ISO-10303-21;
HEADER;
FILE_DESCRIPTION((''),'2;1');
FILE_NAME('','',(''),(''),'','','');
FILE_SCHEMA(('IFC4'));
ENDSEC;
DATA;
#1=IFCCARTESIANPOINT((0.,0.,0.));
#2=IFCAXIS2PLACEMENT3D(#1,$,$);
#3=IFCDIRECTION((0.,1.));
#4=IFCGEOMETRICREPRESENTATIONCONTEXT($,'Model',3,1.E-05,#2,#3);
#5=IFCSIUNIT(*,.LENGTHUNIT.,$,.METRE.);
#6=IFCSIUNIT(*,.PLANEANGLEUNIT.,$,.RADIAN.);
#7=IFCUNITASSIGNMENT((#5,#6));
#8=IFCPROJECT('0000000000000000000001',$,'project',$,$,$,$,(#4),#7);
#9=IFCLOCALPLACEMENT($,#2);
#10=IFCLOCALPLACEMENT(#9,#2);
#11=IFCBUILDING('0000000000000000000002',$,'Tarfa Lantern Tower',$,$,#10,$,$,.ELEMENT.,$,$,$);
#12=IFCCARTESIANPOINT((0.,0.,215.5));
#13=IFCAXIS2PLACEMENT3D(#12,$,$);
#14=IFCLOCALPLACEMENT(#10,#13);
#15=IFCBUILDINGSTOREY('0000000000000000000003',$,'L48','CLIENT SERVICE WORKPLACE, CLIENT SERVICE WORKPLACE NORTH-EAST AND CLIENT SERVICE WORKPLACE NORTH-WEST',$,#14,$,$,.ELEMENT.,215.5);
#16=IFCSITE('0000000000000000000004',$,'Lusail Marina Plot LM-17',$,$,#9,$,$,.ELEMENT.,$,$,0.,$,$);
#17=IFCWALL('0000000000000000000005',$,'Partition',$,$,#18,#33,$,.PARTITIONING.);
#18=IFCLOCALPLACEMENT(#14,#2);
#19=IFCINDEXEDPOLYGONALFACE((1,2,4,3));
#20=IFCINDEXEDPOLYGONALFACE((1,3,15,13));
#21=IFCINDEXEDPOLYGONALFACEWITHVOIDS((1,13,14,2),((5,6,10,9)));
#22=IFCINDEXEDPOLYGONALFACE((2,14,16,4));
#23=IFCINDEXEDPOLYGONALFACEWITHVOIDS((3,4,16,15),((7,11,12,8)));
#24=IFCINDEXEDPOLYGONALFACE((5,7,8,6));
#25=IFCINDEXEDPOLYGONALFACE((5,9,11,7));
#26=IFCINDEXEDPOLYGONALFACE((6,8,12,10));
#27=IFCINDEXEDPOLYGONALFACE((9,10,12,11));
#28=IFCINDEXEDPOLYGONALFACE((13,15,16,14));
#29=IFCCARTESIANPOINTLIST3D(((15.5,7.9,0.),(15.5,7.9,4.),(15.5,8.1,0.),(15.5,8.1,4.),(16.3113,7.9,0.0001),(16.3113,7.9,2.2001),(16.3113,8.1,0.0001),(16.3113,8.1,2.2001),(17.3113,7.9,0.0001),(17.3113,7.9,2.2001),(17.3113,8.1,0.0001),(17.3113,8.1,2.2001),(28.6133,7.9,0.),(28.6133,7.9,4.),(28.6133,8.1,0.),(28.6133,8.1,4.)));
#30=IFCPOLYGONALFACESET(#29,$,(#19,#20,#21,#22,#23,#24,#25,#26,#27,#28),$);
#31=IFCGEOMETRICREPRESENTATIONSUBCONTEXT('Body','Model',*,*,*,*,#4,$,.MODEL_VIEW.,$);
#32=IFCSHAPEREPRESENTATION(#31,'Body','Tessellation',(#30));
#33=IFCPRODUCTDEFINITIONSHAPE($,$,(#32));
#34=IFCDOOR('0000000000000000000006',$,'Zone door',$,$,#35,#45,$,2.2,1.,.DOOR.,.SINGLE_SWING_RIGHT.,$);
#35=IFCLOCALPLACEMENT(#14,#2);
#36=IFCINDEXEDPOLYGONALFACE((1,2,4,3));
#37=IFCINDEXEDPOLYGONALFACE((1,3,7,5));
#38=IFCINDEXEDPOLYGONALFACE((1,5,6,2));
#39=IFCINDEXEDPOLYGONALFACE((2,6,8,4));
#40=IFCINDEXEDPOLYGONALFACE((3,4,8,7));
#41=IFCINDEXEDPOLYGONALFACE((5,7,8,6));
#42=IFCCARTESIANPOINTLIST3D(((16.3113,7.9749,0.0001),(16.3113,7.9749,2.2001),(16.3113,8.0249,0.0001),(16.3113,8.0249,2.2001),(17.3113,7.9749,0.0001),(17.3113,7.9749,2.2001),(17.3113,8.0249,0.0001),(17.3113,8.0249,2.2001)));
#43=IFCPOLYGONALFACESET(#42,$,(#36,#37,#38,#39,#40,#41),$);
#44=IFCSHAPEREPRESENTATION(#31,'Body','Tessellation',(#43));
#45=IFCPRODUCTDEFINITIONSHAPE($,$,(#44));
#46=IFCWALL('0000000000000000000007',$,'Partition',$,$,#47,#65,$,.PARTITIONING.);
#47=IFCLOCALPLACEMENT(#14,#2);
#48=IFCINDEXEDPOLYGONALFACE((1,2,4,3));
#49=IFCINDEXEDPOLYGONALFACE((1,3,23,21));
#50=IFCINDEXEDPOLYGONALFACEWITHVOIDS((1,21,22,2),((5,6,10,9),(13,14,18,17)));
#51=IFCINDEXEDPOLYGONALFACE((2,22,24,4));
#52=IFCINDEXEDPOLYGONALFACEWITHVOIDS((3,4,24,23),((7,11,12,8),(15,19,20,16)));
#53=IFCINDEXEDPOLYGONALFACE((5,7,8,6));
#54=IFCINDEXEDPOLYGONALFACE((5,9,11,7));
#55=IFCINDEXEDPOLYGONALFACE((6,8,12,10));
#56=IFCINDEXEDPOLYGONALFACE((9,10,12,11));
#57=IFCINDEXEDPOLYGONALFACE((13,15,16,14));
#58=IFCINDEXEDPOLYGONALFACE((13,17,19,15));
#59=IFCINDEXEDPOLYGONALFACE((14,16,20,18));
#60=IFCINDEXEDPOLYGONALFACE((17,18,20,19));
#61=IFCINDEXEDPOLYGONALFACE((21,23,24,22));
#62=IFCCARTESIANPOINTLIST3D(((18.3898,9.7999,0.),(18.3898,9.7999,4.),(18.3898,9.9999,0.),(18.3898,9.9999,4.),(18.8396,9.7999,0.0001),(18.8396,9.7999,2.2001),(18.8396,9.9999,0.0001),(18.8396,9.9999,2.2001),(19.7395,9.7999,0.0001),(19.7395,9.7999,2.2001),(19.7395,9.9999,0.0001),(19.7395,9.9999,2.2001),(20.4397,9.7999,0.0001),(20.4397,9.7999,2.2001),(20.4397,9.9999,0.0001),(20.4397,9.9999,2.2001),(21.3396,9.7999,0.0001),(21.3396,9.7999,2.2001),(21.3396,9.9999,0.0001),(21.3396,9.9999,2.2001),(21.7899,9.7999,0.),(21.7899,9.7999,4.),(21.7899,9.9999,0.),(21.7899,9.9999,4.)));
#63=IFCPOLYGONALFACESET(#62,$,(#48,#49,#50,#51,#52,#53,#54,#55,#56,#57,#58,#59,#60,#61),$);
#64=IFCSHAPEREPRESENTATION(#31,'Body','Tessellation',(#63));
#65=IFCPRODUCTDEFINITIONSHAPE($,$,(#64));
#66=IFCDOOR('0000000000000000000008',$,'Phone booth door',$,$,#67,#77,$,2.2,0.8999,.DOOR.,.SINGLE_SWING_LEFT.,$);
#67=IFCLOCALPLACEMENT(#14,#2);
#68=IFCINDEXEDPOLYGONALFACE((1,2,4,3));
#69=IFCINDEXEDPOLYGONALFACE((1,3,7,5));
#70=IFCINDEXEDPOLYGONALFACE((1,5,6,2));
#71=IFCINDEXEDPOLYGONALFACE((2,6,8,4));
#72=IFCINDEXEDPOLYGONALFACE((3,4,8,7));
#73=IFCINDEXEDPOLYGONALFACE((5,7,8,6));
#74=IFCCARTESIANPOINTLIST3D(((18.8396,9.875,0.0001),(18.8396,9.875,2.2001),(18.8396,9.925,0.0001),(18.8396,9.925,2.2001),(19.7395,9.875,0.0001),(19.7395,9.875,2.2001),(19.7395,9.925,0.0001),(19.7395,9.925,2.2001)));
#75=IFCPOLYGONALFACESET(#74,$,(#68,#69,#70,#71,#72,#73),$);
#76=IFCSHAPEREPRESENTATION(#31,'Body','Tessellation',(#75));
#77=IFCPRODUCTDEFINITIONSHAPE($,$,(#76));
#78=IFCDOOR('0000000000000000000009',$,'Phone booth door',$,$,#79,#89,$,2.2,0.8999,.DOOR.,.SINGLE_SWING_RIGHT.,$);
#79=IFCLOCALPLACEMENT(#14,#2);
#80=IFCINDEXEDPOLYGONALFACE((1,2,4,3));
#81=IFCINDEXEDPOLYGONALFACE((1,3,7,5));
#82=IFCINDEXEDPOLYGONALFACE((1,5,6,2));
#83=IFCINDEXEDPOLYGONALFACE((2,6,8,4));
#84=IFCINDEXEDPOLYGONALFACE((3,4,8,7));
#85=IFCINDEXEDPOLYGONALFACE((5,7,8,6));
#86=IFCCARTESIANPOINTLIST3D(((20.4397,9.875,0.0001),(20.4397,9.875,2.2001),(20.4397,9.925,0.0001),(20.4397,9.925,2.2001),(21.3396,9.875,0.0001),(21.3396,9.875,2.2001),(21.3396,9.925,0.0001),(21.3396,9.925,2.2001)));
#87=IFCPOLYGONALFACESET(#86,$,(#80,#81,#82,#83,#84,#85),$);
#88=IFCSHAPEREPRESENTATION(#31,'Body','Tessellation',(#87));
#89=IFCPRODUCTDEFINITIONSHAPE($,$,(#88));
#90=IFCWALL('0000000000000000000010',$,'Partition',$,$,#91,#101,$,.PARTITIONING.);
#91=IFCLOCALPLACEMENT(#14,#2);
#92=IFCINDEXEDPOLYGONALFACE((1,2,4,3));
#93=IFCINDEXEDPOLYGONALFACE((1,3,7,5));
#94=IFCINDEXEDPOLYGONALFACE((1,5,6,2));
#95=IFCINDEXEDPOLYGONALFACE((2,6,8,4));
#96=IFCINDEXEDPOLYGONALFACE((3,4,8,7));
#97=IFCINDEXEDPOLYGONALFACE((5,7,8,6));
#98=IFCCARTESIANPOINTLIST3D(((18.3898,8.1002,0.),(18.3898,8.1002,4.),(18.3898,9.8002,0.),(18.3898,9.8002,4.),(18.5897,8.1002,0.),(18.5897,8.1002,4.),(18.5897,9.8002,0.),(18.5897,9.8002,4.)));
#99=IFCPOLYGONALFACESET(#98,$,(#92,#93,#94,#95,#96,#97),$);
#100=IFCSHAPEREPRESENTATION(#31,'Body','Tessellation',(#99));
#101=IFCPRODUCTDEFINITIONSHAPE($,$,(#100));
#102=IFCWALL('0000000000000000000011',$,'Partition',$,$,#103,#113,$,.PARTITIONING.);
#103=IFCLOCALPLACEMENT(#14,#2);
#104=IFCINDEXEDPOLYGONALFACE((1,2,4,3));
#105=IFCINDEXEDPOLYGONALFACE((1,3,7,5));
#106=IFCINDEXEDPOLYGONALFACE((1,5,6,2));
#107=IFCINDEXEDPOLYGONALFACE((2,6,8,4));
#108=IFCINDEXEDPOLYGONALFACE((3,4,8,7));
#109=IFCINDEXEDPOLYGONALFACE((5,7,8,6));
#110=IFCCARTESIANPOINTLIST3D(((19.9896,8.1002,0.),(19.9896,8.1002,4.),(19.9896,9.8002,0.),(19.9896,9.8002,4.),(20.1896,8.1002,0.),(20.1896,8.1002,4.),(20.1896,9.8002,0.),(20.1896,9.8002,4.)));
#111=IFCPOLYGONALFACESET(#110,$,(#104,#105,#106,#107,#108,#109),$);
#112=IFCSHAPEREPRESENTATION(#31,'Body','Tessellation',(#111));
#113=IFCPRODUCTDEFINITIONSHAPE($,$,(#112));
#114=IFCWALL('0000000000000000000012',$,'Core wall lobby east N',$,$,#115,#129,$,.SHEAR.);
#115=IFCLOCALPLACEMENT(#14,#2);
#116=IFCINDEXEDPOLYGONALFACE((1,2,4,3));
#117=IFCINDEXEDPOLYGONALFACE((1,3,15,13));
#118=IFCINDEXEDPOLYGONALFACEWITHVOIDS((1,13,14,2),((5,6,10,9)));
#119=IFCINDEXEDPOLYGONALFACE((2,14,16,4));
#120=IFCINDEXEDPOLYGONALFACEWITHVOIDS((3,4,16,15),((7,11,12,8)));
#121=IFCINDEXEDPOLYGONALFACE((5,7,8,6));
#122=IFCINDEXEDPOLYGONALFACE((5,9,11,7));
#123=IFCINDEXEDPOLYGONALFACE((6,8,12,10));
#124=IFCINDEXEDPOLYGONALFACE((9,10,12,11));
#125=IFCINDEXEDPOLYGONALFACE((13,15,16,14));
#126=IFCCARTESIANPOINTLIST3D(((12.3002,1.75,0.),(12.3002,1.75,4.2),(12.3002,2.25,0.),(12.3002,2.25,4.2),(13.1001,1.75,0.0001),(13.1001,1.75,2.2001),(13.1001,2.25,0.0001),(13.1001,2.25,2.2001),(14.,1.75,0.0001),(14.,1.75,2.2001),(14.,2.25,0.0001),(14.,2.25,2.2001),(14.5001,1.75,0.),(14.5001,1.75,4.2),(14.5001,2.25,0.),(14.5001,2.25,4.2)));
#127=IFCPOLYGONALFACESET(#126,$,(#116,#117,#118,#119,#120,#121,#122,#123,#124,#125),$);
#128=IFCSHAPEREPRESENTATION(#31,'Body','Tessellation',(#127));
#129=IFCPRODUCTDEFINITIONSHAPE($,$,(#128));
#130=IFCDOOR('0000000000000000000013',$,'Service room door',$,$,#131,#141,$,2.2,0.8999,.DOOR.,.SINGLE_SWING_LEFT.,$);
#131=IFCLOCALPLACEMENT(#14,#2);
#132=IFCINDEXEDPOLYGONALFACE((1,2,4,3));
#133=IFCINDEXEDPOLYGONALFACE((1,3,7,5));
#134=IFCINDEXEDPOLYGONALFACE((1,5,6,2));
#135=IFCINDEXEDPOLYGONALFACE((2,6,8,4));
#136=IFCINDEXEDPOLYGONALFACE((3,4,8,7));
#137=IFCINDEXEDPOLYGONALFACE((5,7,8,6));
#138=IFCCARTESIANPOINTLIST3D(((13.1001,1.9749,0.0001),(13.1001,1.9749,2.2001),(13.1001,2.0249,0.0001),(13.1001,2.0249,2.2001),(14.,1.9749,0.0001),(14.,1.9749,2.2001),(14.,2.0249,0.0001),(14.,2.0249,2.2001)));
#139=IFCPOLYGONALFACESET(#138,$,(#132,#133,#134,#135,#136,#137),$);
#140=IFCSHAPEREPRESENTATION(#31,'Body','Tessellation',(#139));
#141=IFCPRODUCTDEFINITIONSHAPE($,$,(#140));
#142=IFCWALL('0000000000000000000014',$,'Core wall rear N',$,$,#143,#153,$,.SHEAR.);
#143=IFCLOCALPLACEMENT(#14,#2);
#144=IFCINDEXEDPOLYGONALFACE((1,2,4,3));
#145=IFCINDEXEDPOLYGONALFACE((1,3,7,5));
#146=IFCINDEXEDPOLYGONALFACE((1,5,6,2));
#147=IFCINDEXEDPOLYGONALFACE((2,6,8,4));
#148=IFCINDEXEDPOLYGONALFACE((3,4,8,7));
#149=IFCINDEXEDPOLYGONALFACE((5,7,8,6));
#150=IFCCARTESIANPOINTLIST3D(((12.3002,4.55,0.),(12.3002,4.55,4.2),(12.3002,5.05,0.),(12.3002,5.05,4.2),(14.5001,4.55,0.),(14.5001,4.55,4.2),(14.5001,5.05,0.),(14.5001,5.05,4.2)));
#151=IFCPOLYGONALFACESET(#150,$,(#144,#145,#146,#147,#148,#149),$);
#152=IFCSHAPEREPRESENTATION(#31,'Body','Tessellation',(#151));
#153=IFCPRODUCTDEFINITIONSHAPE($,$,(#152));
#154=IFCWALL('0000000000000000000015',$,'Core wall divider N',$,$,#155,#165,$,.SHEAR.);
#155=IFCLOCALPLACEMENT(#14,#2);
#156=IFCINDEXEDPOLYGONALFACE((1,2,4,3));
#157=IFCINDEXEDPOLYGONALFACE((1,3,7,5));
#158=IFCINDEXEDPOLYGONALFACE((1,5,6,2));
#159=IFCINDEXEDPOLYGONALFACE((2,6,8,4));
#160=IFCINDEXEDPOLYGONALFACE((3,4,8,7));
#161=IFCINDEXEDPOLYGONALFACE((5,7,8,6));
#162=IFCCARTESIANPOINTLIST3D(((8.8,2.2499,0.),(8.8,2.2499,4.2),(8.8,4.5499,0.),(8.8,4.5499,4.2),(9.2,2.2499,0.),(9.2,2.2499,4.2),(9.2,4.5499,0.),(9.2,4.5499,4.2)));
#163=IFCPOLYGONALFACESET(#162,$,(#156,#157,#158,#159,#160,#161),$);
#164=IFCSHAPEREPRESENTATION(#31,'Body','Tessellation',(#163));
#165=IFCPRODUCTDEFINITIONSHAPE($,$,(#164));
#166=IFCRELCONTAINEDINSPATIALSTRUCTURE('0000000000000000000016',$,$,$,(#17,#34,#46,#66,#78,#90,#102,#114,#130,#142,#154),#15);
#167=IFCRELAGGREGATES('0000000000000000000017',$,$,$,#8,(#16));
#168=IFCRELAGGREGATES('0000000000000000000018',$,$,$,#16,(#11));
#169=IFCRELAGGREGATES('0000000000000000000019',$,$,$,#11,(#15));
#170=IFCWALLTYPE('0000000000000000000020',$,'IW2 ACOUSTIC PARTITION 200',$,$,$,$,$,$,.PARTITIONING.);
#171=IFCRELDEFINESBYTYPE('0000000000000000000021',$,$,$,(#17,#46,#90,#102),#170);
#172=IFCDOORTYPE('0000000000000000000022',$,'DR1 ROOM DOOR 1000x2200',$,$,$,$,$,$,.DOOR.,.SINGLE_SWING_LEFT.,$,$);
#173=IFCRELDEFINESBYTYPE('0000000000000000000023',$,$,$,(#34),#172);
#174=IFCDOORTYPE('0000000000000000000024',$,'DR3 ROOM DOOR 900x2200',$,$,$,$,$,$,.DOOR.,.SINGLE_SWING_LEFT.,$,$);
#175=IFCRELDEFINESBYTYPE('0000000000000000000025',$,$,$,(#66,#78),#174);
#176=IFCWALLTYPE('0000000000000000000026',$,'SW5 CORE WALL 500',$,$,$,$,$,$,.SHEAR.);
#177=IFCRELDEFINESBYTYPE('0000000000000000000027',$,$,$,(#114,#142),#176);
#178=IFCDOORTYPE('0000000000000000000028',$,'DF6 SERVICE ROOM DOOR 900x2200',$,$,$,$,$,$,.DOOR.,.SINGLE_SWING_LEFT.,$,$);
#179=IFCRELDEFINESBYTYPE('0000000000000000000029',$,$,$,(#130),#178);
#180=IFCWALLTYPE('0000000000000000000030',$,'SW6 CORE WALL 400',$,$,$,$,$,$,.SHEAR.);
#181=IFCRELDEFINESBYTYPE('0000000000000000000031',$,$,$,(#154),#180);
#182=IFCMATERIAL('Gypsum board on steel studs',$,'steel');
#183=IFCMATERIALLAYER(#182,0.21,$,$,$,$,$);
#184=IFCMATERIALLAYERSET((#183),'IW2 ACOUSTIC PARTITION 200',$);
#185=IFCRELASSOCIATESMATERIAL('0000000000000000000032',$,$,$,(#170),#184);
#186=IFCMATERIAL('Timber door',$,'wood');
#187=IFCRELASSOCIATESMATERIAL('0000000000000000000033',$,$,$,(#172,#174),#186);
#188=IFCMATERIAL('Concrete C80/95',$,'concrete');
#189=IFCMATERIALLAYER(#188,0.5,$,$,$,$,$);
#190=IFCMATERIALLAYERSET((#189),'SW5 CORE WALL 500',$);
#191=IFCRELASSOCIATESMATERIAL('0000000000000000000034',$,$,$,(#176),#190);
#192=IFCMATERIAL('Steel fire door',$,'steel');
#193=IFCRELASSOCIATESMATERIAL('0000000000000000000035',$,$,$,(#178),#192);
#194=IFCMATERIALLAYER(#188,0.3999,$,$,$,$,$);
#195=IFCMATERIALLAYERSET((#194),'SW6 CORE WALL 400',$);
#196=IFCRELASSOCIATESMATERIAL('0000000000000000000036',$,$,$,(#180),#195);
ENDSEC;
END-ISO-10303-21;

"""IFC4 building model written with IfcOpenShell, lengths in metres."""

from ifc_helpers import new_model, si_unit, direction, frame, frame_2d, origin, place, context, subcontext, project, spatial, rectangle, extrude, material, layer, layer_set, type_object, element, fill, save


model = new_model("IFC4")

# Units and contexts
model_context = context("Model", 3, precision=1e-05, world=origin(), true_north=direction((0.0, 1.0)))
body_context = subcontext(model_context, "Body", "Model", "MODEL_VIEW")
ifc_project = project(units=[si_unit("LENGTHUNIT", "METRE"), si_unit("PLANEANGLEUNIT", "RADIAN")], contexts=[model_context])

# Site, building, storey
site_placement = place(None, origin())
site = spatial("IfcSite", under=ifc_project, at=site_placement, Name="Lusail Marina Plot LM-17", CompositionType="ELEMENT", RefElevation=0.0)
building_placement = place(site_placement, origin())
building = spatial("IfcBuilding", under=site, at=building_placement, Name="Tarfa Lantern Tower", CompositionType="ELEMENT")
storey_placement = place(building_placement, frame((0.0, 0.0, 215.5)))
storey = spatial("IfcBuildingStorey", under=building, at=storey_placement, Name="L48", Description="CLIENT SERVICE WORKPLACE, CLIENT SERVICE WORKPLACE NORTH-EAST AND CLIENT SERVICE WORKPLACE NORTH-WEST", CompositionType="ELEMENT", Elevation=215.5)

# Shared definitions
ifc_material_1 = material(Name="Gypsum board on steel studs", Category="steel")
ifc_layer_1 = layer(ifc_material_1, 0.21)
ifc_layer_set_1 = layer_set([ifc_layer_1], Name="IW2 ACOUSTIC PARTITION 200")
wall_type_1 = type_object("IfcWallType", Name="IW2 ACOUSTIC PARTITION 200", PredefinedType="PARTITIONING", material=ifc_layer_set_1)
ifc_material_2 = material(Name="Timber door", Category="wood")
door_type_1 = type_object("IfcDoorType", Name="DR1 ROOM DOOR 1000x2200", OperationType="SINGLE_SWING_LEFT", PredefinedType="DOOR", material=ifc_material_2)

# Wall, opening, door
wall_1_placement = place(storey_placement, frame((15.5, 8.0, 0.0), z_axis=(0.0, 0.0, 1.0), x_axis=(1.0, 0.0, 0.0)))
wall_1 = element("IfcWall", 1, at=wall_1_placement, inside=storey, type_object=wall_type_1, Name="Partition", PredefinedType="PARTITIONING", context=body_context, shape_type="SweptSolid", body=[
    extrude(rectangle(XDim=13.1133, YDim=0.2, at=frame_2d((6.5566, 0.0))), origin(), (0.0, 0.0, 1.0), 4.0),
])
opening_1_placement = place(wall_1_placement, frame((0.8113, 0.0, 0.0)))
opening_1 = element("IfcOpeningElement", 2, at=opening_1_placement, cuts=wall_1, PredefinedType="OPENING", context=body_context, shape_type="SweptSolid", body=[
    extrude(rectangle(XDim=1.0, YDim=2.2, at=frame_2d((0.5, 1.1001))), frame((0.0, 0.1099, 0.0), z_axis=(0.0, -1.0, 0.0), x_axis=(1.0, 0.0, 0.0)), (0.0, 0.0, 1.0), 0.22),
])
door_1_placement = place(opening_1_placement, origin())
door_1 = element("IfcDoor", 3, at=door_1_placement, inside=storey, type_object=door_type_1, Name="Zone door", OperationType="SINGLE_SWING_RIGHT", OverallHeight=2.2, OverallWidth=1.0, PredefinedType="DOOR", context=body_context, shape_type="SweptSolid", body=[
    extrude(rectangle(XDim=1.0, YDim=2.2, at=frame_2d((0.5, 1.1001))), frame((0.0, 0.0249, 0.0), z_axis=(0.0, -1.0, 0.0), x_axis=(1.0, 0.0, 0.0)), (0.0, 0.0, 1.0), 0.05),
])
fill(opening_1, door_1)

# Wall, openings, doors
wall_2_placement = place(storey_placement, frame((18.3896, 9.8999, 0.0), z_axis=(0.0, 0.0, 1.0), x_axis=(1.0, 0.0, 0.0)))
wall_2 = element("IfcWall", 4, at=wall_2_placement, inside=storey, type_object=wall_type_1, Name="Partition", PredefinedType="PARTITIONING", context=body_context, shape_type="SweptSolid", body=[
    extrude(rectangle(XDim=3.4001, YDim=0.2, at=frame_2d((1.7002, 0.0))), origin(), (0.0, 0.0, 1.0), 4.0),
])
opening_2_placement = place(wall_2_placement, frame((0.45, 0.0, 0.0)))
opening_2 = element("IfcOpeningElement", 5, at=opening_2_placement, cuts=wall_2, PredefinedType="OPENING", context=body_context, shape_type="SweptSolid", body=[
    extrude(rectangle(XDim=0.8999, YDim=2.2, at=frame_2d((0.45, 1.1001))), frame((0.0, 0.1099, 0.0), z_axis=(0.0, -1.0, 0.0), x_axis=(1.0, 0.0, 0.0)), (0.0, 0.0, 1.0), 0.22),
])
opening_3_placement = place(wall_2_placement, frame((2.05, 0.0, 0.0)))
opening_3 = element("IfcOpeningElement", 6, at=opening_3_placement, cuts=wall_2, PredefinedType="OPENING", context=body_context, shape_type="SweptSolid", body=[
    extrude(rectangle(XDim=0.8999, YDim=2.2, at=frame_2d((0.45, 1.1001))), frame((0.0, 0.1099, 0.0), z_axis=(0.0, -1.0, 0.0), x_axis=(1.0, 0.0, 0.0)), (0.0, 0.0, 1.0), 0.22),
])
door_type_2 = type_object("IfcDoorType", Name="DR3 ROOM DOOR 900x2200", OperationType="SINGLE_SWING_LEFT", PredefinedType="DOOR", material=ifc_material_2)
door_2_placement = place(opening_2_placement, frame((0.8999, 0.0, 0.0), z_axis=(0.0, 0.0, 1.0), x_axis=(-1.0, 0.0, 0.0)))
door_2 = element("IfcDoor", 7, at=door_2_placement, inside=storey, type_object=door_type_2, Name="Phone booth door", OperationType="SINGLE_SWING_LEFT", OverallHeight=2.2, OverallWidth=0.8999, PredefinedType="DOOR", context=body_context, shape_type="SweptSolid", body=[
    extrude(rectangle(XDim=0.8999, YDim=2.2, at=frame_2d((0.45, 1.1001))), frame((0.0, 0.0249, 0.0), z_axis=(0.0, -1.0, 0.0), x_axis=(1.0, 0.0, 0.0)), (0.0, 0.0, 1.0), 0.05),
])
fill(opening_2, door_2)
door_3_placement = place(opening_3_placement, frame((0.8999, 0.0, 0.0), z_axis=(0.0, 0.0, 1.0), x_axis=(-1.0, 0.0, 0.0)))
door_3 = element("IfcDoor", 8, at=door_3_placement, inside=storey, type_object=door_type_2, Name="Phone booth door", OperationType="SINGLE_SWING_RIGHT", OverallHeight=2.2, OverallWidth=0.8999, PredefinedType="DOOR", context=body_context, shape_type="SweptSolid", body=[
    extrude(rectangle(XDim=0.8999, YDim=2.2, at=frame_2d((0.45, 1.1001))), frame((0.0, 0.0249, 0.0), z_axis=(0.0, -1.0, 0.0), x_axis=(1.0, 0.0, 0.0)), (0.0, 0.0, 1.0), 0.05),
])
fill(opening_3, door_3)

# Walls
for number, where, z_axis, x_axis, name in (
    (9, (18.4897, 8.1001, 0.0), (0.0, 0.0, 1.0), (0.0, 1.0, 0.0), "Partition"),
    (10, (20.0896, 8.1001, 0.0), (0.0, 0.0, 1.0), (0.0, 1.0, 0.0), "Partition"),
):
    element("IfcWall", number, at=place(storey_placement, frame(where, z_axis=z_axis, x_axis=x_axis)), inside=storey, type_object=wall_type_1, Name=name, PredefinedType="PARTITIONING", context=body_context, shape_type="SweptSolid", body=[
        extrude(rectangle(XDim=1.7, YDim=0.2, at=frame_2d((0.8501, 0.0))), origin(), (0.0, 0.0, 1.0), 4.0),
    ])

# Wall, opening, door
ifc_material_3 = material(Name="Concrete C80/95", Category="concrete")
ifc_layer_2 = layer(ifc_material_3, 0.5)
ifc_layer_set_2 = layer_set([ifc_layer_2], Name="SW5 CORE WALL 500")
wall_type_2 = type_object("IfcWallType", Name="SW5 CORE WALL 500", PredefinedType="SHEAR", material=ifc_layer_set_2)
wall_3_placement = place(storey_placement, frame((12.3, 2.0, 0.0), z_axis=(0.0, 0.0, 1.0), x_axis=(1.0, 0.0, 0.0)))
wall_3 = element("IfcWall", 11, at=wall_3_placement, inside=storey, type_object=wall_type_2, Name="Core wall lobby east N", PredefinedType="SHEAR", context=body_context, shape_type="SweptSolid", body=[
    extrude(rectangle(XDim=2.2, YDim=0.5, at=frame_2d((1.1001, 0.0))), origin(), (0.0, 0.0, 1.0), 4.2),
])
opening_4_placement = place(wall_3_placement, frame((0.8, 0.0, 0.0)))
opening_4 = element("IfcOpeningElement", 12, at=opening_4_placement, cuts=wall_3, PredefinedType="OPENING", context=body_context, shape_type="SweptSolid", body=[
    extrude(rectangle(XDim=0.8999, YDim=2.2, at=frame_2d((0.45, 1.1001))), frame((0.0, 0.26, 0.0), z_axis=(0.0, -1.0, 0.0), x_axis=(1.0, 0.0, 0.0)), (0.0, 0.0, 1.0), 0.52),
])
ifc_material_4 = material(Name="Steel fire door", Category="steel")
door_type_3 = type_object("IfcDoorType", Name="DF6 SERVICE ROOM DOOR 900x2200", OperationType="SINGLE_SWING_LEFT", PredefinedType="DOOR", material=ifc_material_4)
door_4_placement = place(opening_4_placement, origin())
door_4 = element("IfcDoor", 13, at=door_4_placement, inside=storey, type_object=door_type_3, Name="Service room door", OperationType="SINGLE_SWING_LEFT", OverallHeight=2.2, OverallWidth=0.8999, PredefinedType="DOOR", context=body_context, shape_type="SweptSolid", body=[
    extrude(rectangle(XDim=0.8999, YDim=2.2, at=frame_2d((0.45, 1.1001))), frame((0.0, 0.0249, 0.0), z_axis=(0.0, -1.0, 0.0), x_axis=(1.0, 0.0, 0.0)), (0.0, 0.0, 1.0), 0.05),
])
fill(opening_4, door_4)

# Walls
wall_4_placement = place(storey_placement, frame((12.3, 4.8, 0.0), z_axis=(0.0, 0.0, 1.0), x_axis=(1.0, 0.0, 0.0)))
element("IfcWall", 14, at=wall_4_placement, inside=storey, type_object=wall_type_2, Name="Core wall rear N", PredefinedType="SHEAR", context=body_context, shape_type="SweptSolid", body=[
    extrude(rectangle(XDim=2.2, YDim=0.5, at=frame_2d((1.1001, 0.0))), origin(), (0.0, 0.0, 1.0), 4.2),
])
ifc_layer_3 = layer(ifc_material_3, 0.3999)
ifc_layer_set_3 = layer_set([ifc_layer_3], Name="SW6 CORE WALL 400")
wall_type_3 = type_object("IfcWallType", Name="SW6 CORE WALL 400", PredefinedType="SHEAR", material=ifc_layer_set_3)
wall_5_placement = place(storey_placement, frame((9.0, 2.25, 0.0), z_axis=(0.0, 0.0, 1.0), x_axis=(0.0, 1.0, 0.0)))
element("IfcWall", 15, at=wall_5_placement, inside=storey, type_object=wall_type_3, Name="Core wall divider N", PredefinedType="SHEAR", context=body_context, shape_type="SweptSolid", body=[
    extrude(rectangle(XDim=2.3, YDim=0.3999, at=frame_2d((1.1499, 0.0))), origin(), (0.0, 0.0, 1.0), 4.2),
])

save(model, "model.ifc")
